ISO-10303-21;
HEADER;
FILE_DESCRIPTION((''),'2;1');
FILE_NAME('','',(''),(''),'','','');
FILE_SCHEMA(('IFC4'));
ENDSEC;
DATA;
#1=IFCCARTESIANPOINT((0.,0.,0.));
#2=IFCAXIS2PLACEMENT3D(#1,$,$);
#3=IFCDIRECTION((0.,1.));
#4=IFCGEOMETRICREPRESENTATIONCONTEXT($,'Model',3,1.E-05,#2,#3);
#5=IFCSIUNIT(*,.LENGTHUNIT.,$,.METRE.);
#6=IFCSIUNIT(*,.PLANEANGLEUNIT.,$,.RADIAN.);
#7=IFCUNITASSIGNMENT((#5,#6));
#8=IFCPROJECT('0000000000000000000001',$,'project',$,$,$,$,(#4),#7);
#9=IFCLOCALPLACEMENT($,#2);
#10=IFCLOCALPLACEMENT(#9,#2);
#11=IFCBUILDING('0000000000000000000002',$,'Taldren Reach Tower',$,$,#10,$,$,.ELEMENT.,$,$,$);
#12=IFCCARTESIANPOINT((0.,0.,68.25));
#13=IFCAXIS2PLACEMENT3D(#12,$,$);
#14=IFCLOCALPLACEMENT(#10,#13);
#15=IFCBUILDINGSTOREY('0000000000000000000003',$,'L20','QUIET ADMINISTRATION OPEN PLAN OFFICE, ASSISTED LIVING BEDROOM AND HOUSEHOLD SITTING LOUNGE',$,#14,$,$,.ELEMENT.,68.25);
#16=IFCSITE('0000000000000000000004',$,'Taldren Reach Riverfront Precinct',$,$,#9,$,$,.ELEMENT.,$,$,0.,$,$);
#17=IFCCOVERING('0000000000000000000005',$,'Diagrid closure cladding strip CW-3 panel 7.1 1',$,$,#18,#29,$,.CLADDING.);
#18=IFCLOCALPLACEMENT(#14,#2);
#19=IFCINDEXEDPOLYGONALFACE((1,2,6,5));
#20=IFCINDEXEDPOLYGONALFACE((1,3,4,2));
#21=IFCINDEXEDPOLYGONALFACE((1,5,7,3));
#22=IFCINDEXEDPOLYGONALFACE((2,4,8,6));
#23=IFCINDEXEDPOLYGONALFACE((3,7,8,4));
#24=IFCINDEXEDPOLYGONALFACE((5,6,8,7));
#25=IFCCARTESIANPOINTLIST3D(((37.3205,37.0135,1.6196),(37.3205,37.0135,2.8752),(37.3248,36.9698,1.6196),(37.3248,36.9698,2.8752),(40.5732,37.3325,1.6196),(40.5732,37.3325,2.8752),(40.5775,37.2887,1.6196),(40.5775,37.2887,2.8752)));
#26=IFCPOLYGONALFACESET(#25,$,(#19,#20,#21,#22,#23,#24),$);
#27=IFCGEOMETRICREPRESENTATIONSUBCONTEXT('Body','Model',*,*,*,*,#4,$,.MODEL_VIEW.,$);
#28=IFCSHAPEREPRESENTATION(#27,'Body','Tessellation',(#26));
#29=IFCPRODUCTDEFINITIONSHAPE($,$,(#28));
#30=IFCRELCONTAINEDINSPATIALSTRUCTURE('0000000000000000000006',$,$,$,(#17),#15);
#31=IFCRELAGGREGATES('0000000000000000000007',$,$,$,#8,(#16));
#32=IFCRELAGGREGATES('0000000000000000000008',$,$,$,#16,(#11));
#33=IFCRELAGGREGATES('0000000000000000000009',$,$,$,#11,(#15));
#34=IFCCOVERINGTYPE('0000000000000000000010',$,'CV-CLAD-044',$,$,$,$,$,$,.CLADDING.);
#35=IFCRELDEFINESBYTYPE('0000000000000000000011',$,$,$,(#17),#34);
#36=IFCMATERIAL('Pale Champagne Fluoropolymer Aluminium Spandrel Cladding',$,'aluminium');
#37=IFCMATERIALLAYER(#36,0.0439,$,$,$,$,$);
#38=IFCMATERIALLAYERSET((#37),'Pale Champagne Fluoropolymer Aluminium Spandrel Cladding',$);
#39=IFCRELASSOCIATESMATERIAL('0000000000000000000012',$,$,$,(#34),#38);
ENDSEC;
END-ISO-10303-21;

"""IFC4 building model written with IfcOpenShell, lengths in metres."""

from ifc_helpers import new_model, si_unit, direction, frame, origin, origin_2d, place, context, subcontext, project, spatial, rectangle, extrude, source, transform, mapped, material, layer, layer_set, type_object, element, save


model = new_model("IFC4")

# Units and contexts
model_context = context("Model", 3, precision=1e-05, world=origin(), true_north=direction((0.0, 1.0)))
body_context = subcontext(model_context, "Body", "Model", "MODEL_VIEW")
ifc_project = project(units=[si_unit("LENGTHUNIT", "METRE"), si_unit("PLANEANGLEUNIT", "RADIAN")], contexts=[model_context])

# Site, building, storey
site_placement = place(None, origin())
site = spatial("IfcSite", under=ifc_project, at=site_placement, Name="Taldren Reach Riverfront Precinct", CompositionType="ELEMENT", RefElevation=0.0)
building_placement = place(site_placement, origin())
building = spatial("IfcBuilding", under=site, at=building_placement, Name="Taldren Reach Tower", CompositionType="ELEMENT")
storey_placement = place(building_placement, frame((0.0, 0.0, 68.25)))
storey = spatial("IfcBuildingStorey", under=building, at=storey_placement, Name="L20", Description="QUIET ADMINISTRATION OPEN PLAN OFFICE, ASSISTED LIVING BEDROOM AND HOUSEHOLD SITTING LOUNGE", CompositionType="ELEMENT", Elevation=68.25)

# Covering
ifc_material_1 = material(Name="Pale Champagne Fluoropolymer Aluminium Spandrel Cladding", Category="aluminium")
ifc_layer_1 = layer(ifc_material_1, 0.0439)
ifc_layer_set_1 = layer_set([ifc_layer_1], Name="Pale Champagne Fluoropolymer Aluminium Spandrel Cladding")
covering_type = type_object("IfcCoveringType", Name="CV-CLAD-044", PredefinedType="CLADDING", material=ifc_layer_set_1)
shared_shape_1 = source(origin(), body_context, "Body", "SweptSolid", [
    extrude(rectangle(XDim=3.2683, YDim=0.0439, at=origin_2d()), origin(), (0.0, 0.0, 1.0), 1.2556),
])
covering_1_placement = place(storey_placement, frame((38.949, 37.1511, 1.6196), z_axis=(0.0, 0.0, 1.0), x_axis=(-0.995227, -0.097583, 0.0)))
element("IfcCovering", 1, at=covering_1_placement, inside=storey, type_object=covering_type, Name="Diagrid closure cladding strip CW-3 panel 7.1 1", PredefinedType="CLADDING", context=body_context, shape_type="MappedRepresentation", body=[
    mapped(shared_shape_1, transform((0.0, 0.0, 0.0), scale=1.0)),
])

save(model, "model.ifc")
